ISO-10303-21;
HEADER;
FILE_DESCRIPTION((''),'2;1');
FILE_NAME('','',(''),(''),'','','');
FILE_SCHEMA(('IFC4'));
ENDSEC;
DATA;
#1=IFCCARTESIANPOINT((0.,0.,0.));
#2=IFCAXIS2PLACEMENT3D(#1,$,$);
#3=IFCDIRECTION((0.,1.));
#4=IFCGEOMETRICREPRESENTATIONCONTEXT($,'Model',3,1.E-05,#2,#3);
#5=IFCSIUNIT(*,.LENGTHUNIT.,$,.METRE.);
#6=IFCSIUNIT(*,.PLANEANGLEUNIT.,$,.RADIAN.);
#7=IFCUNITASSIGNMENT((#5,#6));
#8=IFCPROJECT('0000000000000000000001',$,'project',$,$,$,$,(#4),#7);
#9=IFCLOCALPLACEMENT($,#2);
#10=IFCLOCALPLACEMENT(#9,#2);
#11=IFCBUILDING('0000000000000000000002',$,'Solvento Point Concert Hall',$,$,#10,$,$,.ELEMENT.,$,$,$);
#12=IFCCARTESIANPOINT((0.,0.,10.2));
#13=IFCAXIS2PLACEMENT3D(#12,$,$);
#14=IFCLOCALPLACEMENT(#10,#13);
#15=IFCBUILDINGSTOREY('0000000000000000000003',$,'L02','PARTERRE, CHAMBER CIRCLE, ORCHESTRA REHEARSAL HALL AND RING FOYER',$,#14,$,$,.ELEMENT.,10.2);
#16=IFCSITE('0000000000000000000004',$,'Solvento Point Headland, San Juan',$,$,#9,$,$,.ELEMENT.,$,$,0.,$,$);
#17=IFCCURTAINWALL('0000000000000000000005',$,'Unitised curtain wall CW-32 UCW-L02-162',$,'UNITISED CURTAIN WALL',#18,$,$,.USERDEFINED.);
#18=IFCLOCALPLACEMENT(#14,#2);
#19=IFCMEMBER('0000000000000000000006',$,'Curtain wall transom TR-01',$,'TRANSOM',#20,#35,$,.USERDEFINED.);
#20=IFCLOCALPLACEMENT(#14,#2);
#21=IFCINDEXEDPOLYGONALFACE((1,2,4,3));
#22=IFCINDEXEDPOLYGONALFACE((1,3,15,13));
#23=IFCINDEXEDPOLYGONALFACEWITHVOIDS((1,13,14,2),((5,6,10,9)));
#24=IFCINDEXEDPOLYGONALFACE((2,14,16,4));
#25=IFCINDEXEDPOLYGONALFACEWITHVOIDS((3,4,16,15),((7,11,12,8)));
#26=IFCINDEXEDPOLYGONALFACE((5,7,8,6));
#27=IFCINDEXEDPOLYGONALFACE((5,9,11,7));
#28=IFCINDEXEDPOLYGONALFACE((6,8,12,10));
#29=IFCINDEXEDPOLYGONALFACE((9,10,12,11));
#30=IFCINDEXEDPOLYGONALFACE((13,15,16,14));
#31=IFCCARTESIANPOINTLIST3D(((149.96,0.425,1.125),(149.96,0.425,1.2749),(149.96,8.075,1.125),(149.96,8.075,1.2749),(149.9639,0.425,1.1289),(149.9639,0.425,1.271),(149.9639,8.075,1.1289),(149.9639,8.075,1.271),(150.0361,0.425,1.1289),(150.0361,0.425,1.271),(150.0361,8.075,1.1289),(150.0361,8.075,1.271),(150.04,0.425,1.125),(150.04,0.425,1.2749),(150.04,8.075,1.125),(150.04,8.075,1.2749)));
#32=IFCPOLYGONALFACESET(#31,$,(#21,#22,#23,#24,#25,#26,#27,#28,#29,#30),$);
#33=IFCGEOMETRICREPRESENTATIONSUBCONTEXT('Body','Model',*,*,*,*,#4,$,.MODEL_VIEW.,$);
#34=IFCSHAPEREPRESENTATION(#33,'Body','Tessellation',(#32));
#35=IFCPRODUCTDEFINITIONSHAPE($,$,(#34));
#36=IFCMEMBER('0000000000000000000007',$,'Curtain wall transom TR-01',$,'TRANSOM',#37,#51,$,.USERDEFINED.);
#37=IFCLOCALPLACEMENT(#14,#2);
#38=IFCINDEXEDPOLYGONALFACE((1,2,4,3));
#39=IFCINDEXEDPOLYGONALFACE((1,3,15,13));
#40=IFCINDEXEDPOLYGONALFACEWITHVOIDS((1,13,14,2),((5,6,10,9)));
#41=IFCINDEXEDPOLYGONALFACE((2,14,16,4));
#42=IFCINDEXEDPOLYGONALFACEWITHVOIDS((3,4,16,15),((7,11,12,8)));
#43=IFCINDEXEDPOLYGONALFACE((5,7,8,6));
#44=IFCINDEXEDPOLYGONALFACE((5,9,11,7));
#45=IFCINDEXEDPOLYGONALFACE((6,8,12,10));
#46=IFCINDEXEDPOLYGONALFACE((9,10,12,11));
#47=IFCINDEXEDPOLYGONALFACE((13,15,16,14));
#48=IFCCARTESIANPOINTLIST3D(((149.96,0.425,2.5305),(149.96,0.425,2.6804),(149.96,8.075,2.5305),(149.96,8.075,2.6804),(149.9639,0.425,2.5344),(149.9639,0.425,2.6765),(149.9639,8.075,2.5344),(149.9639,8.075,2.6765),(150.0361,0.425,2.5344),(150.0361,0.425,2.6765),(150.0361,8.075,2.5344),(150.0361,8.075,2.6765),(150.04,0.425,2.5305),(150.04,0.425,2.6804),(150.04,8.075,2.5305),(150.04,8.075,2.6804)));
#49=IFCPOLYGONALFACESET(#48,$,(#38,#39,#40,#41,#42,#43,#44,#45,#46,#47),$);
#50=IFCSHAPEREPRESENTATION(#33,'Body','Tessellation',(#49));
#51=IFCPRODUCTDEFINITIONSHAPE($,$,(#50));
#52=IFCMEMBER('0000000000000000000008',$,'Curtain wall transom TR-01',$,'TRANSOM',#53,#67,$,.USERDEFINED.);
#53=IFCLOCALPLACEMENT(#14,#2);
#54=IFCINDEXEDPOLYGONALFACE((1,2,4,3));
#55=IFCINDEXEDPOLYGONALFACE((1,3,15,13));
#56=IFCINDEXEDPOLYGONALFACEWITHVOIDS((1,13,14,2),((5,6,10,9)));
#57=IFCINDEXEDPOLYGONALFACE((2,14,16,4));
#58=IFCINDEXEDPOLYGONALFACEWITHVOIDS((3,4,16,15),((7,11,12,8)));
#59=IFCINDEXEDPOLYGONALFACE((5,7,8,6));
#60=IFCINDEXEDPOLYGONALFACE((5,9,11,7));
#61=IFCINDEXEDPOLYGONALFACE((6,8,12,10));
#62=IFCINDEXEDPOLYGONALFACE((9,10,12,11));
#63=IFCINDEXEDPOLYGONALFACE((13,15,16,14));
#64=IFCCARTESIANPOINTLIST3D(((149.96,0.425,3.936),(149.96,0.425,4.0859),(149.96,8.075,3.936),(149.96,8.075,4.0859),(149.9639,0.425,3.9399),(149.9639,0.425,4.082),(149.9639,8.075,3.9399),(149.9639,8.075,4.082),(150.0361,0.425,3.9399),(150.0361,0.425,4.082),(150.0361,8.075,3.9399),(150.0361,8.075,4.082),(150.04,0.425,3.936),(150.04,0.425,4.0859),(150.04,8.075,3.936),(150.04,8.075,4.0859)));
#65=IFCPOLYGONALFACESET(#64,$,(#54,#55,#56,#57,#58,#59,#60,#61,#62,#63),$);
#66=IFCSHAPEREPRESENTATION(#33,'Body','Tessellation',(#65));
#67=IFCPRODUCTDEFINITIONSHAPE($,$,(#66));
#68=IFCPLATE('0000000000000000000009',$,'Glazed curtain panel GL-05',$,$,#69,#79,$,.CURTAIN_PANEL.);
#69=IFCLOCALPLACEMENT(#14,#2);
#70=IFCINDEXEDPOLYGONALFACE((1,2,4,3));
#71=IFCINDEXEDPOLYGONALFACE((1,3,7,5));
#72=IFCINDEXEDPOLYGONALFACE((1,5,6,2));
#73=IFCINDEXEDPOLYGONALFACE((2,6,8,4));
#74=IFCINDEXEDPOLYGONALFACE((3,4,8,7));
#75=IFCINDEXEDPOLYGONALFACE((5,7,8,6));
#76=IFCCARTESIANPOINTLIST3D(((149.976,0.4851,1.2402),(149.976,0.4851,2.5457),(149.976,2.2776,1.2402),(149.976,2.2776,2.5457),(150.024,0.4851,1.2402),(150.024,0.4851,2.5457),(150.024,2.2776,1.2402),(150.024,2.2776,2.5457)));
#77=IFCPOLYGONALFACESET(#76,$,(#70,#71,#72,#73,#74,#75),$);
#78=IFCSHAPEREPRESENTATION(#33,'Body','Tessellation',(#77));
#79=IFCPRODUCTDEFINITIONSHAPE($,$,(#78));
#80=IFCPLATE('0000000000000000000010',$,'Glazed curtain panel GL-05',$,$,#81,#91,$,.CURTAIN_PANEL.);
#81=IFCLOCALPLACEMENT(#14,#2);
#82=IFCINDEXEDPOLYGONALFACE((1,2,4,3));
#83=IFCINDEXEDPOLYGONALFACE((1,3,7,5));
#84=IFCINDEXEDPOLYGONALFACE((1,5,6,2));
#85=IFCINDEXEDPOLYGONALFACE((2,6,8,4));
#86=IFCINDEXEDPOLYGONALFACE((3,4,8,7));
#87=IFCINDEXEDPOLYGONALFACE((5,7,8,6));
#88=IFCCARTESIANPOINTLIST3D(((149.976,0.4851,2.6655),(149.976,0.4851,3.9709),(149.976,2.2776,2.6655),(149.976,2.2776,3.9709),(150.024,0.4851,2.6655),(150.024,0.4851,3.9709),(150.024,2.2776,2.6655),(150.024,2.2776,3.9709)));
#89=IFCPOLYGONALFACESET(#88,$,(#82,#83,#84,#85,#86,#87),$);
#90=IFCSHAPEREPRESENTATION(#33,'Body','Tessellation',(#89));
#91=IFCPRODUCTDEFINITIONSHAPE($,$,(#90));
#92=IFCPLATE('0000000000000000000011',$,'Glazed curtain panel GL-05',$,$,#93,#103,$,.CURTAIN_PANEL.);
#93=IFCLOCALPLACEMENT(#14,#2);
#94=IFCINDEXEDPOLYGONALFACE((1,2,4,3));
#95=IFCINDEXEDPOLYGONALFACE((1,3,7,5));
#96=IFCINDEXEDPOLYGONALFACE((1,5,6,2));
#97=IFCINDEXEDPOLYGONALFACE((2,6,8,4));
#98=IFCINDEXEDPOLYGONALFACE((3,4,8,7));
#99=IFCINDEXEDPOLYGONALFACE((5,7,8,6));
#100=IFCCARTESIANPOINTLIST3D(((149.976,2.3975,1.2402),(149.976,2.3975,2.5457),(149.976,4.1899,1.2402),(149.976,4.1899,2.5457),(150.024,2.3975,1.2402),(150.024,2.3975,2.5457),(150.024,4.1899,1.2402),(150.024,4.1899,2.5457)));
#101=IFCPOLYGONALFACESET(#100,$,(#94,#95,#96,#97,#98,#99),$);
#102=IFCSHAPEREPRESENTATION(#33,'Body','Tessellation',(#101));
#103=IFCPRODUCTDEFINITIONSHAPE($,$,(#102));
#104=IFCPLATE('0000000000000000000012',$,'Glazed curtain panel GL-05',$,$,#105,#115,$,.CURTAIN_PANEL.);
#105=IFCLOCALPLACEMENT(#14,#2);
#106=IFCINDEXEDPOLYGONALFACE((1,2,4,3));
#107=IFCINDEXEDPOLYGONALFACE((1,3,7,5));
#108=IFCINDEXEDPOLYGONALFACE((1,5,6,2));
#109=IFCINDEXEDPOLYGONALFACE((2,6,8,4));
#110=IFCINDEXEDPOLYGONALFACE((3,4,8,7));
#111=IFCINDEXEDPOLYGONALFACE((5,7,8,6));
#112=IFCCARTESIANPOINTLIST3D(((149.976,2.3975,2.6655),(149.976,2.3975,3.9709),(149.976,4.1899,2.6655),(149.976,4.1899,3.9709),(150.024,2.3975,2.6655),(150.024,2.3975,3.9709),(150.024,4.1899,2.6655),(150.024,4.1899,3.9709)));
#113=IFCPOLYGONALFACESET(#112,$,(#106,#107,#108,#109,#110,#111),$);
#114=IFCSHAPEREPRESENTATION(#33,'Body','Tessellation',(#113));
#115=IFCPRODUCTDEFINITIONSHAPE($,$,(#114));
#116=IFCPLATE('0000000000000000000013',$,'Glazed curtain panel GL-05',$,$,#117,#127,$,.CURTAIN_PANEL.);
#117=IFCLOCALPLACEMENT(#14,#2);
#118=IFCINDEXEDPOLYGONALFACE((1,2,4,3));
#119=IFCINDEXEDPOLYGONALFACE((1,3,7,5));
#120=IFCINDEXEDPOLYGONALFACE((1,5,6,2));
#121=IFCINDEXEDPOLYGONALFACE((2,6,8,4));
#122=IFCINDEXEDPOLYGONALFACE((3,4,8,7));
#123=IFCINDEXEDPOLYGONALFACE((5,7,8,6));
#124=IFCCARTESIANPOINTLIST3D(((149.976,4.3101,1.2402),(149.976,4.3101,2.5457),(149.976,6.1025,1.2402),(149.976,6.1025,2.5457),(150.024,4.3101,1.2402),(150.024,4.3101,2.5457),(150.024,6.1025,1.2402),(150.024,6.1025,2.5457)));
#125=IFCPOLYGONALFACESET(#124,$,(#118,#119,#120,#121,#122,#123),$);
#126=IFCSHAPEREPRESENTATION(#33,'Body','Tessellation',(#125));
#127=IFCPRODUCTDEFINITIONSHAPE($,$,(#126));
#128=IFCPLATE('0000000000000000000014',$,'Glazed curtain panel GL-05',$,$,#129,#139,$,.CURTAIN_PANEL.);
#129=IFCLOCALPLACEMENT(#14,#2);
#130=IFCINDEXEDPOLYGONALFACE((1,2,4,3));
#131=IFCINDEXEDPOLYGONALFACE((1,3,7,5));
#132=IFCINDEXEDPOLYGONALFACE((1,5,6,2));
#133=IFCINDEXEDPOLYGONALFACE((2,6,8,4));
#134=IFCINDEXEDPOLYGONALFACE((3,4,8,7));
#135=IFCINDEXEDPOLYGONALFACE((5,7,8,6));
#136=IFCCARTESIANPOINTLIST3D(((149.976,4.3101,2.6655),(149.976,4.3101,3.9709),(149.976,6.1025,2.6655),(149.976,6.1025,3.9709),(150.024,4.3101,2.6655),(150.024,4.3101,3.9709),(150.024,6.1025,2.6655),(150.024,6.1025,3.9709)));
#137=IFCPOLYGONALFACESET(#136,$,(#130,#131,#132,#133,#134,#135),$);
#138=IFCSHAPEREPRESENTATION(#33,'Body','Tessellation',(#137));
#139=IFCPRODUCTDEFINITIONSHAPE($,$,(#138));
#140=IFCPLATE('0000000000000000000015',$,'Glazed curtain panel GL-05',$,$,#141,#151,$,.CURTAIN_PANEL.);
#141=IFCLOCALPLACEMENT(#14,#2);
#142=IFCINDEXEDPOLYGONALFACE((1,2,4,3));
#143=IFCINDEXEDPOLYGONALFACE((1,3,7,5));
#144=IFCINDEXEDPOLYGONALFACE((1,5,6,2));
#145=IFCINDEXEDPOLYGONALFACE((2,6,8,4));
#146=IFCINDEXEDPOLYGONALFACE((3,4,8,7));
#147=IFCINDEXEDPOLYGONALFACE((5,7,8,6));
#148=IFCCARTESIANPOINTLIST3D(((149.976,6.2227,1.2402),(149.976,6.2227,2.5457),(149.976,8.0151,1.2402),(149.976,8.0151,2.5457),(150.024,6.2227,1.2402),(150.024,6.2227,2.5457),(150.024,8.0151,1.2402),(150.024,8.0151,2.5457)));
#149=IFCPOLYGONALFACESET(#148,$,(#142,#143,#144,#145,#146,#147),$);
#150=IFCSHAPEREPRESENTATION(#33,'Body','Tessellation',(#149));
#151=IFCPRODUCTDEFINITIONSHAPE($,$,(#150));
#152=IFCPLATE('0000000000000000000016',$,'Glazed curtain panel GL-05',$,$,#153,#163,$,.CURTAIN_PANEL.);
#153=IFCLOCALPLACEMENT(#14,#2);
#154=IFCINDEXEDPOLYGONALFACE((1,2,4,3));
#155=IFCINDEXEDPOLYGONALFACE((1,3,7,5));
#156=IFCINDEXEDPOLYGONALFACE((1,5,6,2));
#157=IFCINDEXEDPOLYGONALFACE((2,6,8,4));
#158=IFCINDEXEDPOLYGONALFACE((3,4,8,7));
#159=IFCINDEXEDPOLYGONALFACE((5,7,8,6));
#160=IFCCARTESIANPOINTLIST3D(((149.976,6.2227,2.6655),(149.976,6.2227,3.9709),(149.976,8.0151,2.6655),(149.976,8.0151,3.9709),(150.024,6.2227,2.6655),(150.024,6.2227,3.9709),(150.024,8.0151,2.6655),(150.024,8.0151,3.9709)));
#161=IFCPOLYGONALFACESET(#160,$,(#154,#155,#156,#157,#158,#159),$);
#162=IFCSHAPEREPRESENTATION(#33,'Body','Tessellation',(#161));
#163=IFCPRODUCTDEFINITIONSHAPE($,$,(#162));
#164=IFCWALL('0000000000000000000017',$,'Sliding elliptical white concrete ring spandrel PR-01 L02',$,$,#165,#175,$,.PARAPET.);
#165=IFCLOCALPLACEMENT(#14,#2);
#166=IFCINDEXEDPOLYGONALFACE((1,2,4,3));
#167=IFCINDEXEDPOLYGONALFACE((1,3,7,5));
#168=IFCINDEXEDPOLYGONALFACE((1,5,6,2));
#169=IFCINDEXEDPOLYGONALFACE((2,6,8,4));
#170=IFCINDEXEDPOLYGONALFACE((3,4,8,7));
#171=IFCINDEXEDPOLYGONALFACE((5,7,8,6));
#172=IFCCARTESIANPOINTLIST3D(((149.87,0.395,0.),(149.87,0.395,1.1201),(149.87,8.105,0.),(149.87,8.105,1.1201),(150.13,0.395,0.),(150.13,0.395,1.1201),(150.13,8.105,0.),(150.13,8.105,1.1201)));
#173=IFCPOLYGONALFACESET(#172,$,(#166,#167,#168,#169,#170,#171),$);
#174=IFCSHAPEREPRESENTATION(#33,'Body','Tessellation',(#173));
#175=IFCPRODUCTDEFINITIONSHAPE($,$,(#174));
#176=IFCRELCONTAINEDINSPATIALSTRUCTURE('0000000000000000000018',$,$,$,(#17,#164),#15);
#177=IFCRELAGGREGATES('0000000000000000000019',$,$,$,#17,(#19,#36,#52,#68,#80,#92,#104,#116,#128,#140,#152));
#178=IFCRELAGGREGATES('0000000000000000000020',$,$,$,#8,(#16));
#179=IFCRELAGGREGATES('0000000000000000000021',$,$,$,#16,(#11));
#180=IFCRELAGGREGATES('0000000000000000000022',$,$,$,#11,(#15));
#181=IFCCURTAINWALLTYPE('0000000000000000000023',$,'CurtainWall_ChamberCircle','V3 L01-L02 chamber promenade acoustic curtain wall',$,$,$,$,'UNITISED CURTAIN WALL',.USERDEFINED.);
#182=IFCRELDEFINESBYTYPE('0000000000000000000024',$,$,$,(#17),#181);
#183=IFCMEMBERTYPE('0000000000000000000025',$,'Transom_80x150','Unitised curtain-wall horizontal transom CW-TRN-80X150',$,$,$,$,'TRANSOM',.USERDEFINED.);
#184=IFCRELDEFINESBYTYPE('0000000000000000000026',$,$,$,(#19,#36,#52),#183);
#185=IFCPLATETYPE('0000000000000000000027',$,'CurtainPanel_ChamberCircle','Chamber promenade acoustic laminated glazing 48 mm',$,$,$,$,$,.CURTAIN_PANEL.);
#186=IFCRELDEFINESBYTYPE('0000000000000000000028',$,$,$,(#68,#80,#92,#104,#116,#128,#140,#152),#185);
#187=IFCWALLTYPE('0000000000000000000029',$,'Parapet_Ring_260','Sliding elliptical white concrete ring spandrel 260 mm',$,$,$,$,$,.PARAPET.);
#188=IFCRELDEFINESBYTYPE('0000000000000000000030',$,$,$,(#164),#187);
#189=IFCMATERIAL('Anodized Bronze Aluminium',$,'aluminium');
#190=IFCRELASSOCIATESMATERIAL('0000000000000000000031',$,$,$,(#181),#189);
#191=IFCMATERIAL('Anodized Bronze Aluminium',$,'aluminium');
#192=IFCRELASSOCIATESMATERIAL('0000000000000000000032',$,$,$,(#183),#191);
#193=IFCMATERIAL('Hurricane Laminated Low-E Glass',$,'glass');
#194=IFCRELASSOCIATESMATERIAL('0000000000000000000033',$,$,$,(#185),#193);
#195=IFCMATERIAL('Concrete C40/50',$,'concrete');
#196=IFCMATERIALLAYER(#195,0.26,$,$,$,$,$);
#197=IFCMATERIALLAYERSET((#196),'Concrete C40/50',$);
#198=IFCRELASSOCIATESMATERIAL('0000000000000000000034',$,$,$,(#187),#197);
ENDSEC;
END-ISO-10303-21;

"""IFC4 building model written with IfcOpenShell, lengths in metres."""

from ifc_helpers import new_model, si_unit, direction, frame, frame_2d, origin, origin_2d, place, context, subcontext, project, spatial, rectangle, hollow_rectangle, extrude, material, layer, layer_set, material_profile, profile_set, type_object, element, aggregate, save


model = new_model("IFC4")

# Units and contexts
model_context = context("Model", 3, precision=1e-05, world=origin(), true_north=direction((0.0, 1.0)))
body_context = subcontext(model_context, "Body", "Model", "MODEL_VIEW")
ifc_project = project(units=[si_unit("LENGTHUNIT", "METRE"), si_unit("PLANEANGLEUNIT", "RADIAN")], contexts=[model_context])

# Site, building, storey
site_placement = place(None, origin())
site = spatial("IfcSite", under=ifc_project, at=site_placement, Name="Solvento Point Headland, San Juan", CompositionType="ELEMENT", RefElevation=0.0)
building_placement = place(site_placement, origin())
building = spatial("IfcBuilding", under=site, at=building_placement, Name="Solvento Point Concert Hall", CompositionType="ELEMENT")
storey_placement = place(building_placement, frame((0.0, 0.0, 10.2)))
storey = spatial("IfcBuildingStorey", under=building, at=storey_placement, Name="L02", Description="PARTERRE, CHAMBER CIRCLE, ORCHESTRA REHEARSAL HALL AND RING FOYER", CompositionType="ELEMENT", Elevation=10.2)

# Curtain wall, members, plates
ifc_material_1 = material(Name="Anodized Bronze Aluminium", Category="aluminium")
curtain_wall_type = type_object("IfcCurtainWallType", Name="CurtainWall_ChamberCircle", Description="V3 L01-L02 chamber promenade acoustic curtain wall", ElementType="UNITISED CURTAIN WALL", PredefinedType="USERDEFINED", material=ifc_material_1)
curtain_wall_placement = place(storey_placement, origin())
curtain_wall = element("IfcCurtainWall", 1, at=curtain_wall_placement, inside=storey, type_object=curtain_wall_type, Name="Unitised curtain wall CW-32 UCW-L02-162", ObjectType="UNITISED CURTAIN WALL", PredefinedType="USERDEFINED")
ifc_material_2 = material(Name="Anodized Bronze Aluminium", Category="aluminium")
ifc_material_profile_1 = material_profile(ifc_material_2, hollow_rectangle(XDim=0.0801, YDim=0.1499, WallThickness=0.0039, at=origin_2d()), Name="CW-TRN-80X150")
ifc_profile_set_1 = profile_set([ifc_material_profile_1], Name="Anodized Bronze Aluminium")
member_type_1 = type_object("IfcMemberType", Name="Transom_80x150", Description="Unitised curtain-wall horizontal transom CW-TRN-80X150", ElementType="TRANSOM", PredefinedType="USERDEFINED", material=ifc_profile_set_1)
member_1_placement = place(storey_placement, frame((150.0, 0.425, 1.2), z_axis=(0.0, 1.0, 0.0), x_axis=(-1.0, 0.0, 0.0)))
member_1 = element("IfcMember", 2, at=member_1_placement, type_object=member_type_1, Name="Curtain wall transom TR-01", ObjectType="TRANSOM", PredefinedType="USERDEFINED", context=body_context, shape_type="SweptSolid", body=[
    extrude(hollow_rectangle(XDim=0.0801, YDim=0.1499, WallThickness=0.0039, at=origin_2d()), origin(), (0.0, 0.0, 1.0), 7.6499),
])
member_2_placement = place(storey_placement, frame((150.0, 0.425, 2.6055), z_axis=(0.0, 1.0, 0.0), x_axis=(-1.0, 0.0, 0.0)))
member_2 = element("IfcMember", 3, at=member_2_placement, type_object=member_type_1, Name="Curtain wall transom TR-01", ObjectType="TRANSOM", PredefinedType="USERDEFINED", context=body_context, shape_type="SweptSolid", body=[
    extrude(hollow_rectangle(XDim=0.0801, YDim=0.1499, WallThickness=0.0039, at=origin_2d()), origin(), (0.0, 0.0, 1.0), 7.6499),
])
member_3_placement = place(storey_placement, frame((150.0, 0.425, 4.011), z_axis=(0.0, 1.0, 0.0), x_axis=(-1.0, 0.0, 0.0)))
member_3 = element("IfcMember", 4, at=member_3_placement, type_object=member_type_1, Name="Curtain wall transom TR-01", ObjectType="TRANSOM", PredefinedType="USERDEFINED", context=body_context, shape_type="SweptSolid", body=[
    extrude(hollow_rectangle(XDim=0.0801, YDim=0.1499, WallThickness=0.0039, at=origin_2d()), origin(), (0.0, 0.0, 1.0), 7.6499),
])
ifc_material_3 = material(Name="Hurricane Laminated Low-E Glass", Category="glass")
plate_type = type_object("IfcPlateType", Name="CurtainPanel_ChamberCircle", Description="Chamber promenade acoustic laminated glazing 48 mm", PredefinedType="CURTAIN_PANEL", material=ifc_material_3)
plate_1_placement = place(storey_placement, frame((150.0, 1.3813, 1.2402), z_axis=(0.0, 0.0, 1.0), x_axis=(0.0, 1.0, 0.0)))
plate_1 = element("IfcPlate", 5, at=plate_1_placement, type_object=plate_type, Name="Glazed curtain panel GL-05", PredefinedType="CURTAIN_PANEL", context=body_context, shape_type="SweptSolid", body=[
    extrude(rectangle(XDim=1.7925, YDim=0.0481, at=origin_2d()), origin(), (0.0, 0.0, 1.0), 1.3054),
])
plate_2_placement = place(storey_placement, frame((150.0, 1.3813, 2.6655), z_axis=(0.0, 0.0, 1.0), x_axis=(0.0, 1.0, 0.0)))
plate_2 = element("IfcPlate", 6, at=plate_2_placement, type_object=plate_type, Name="Glazed curtain panel GL-05", PredefinedType="CURTAIN_PANEL", context=body_context, shape_type="SweptSolid", body=[
    extrude(rectangle(XDim=1.7925, YDim=0.0481, at=origin_2d()), origin(), (0.0, 0.0, 1.0), 1.3054),
])
plate_3_placement = place(storey_placement, frame((150.0, 3.2937, 1.2402), z_axis=(0.0, 0.0, 1.0), x_axis=(0.0, 1.0, 0.0)))
plate_3 = element("IfcPlate", 7, at=plate_3_placement, type_object=plate_type, Name="Glazed curtain panel GL-05", PredefinedType="CURTAIN_PANEL", context=body_context, shape_type="SweptSolid", body=[
    extrude(rectangle(XDim=1.7925, YDim=0.0481, at=origin_2d()), origin(), (0.0, 0.0, 1.0), 1.3054),
])
plate_4_placement = place(storey_placement, frame((150.0, 3.2937, 2.6655), z_axis=(0.0, 0.0, 1.0), x_axis=(0.0, 1.0, 0.0)))
plate_4 = element("IfcPlate", 8, at=plate_4_placement, type_object=plate_type, Name="Glazed curtain panel GL-05", PredefinedType="CURTAIN_PANEL", context=body_context, shape_type="SweptSolid", body=[
    extrude(rectangle(XDim=1.7925, YDim=0.0481, at=origin_2d()), origin(), (0.0, 0.0, 1.0), 1.3054),
])
plate_5_placement = place(storey_placement, frame((150.0, 5.2063, 1.2402), z_axis=(0.0, 0.0, 1.0), x_axis=(0.0, 1.0, 0.0)))
plate_5 = element("IfcPlate", 9, at=plate_5_placement, type_object=plate_type, Name="Glazed curtain panel GL-05", PredefinedType="CURTAIN_PANEL", context=body_context, shape_type="SweptSolid", body=[
    extrude(rectangle(XDim=1.7925, YDim=0.0481, at=origin_2d()), origin(), (0.0, 0.0, 1.0), 1.3054),
])
plate_6_placement = place(storey_placement, frame((150.0, 5.2063, 2.6655), z_axis=(0.0, 0.0, 1.0), x_axis=(0.0, 1.0, 0.0)))
plate_6 = element("IfcPlate", 10, at=plate_6_placement, type_object=plate_type, Name="Glazed curtain panel GL-05", PredefinedType="CURTAIN_PANEL", context=body_context, shape_type="SweptSolid", body=[
    extrude(rectangle(XDim=1.7925, YDim=0.0481, at=origin_2d()), origin(), (0.0, 0.0, 1.0), 1.3054),
])
plate_7_placement = place(storey_placement, frame((150.0, 7.1189, 1.2402), z_axis=(0.0, 0.0, 1.0), x_axis=(0.0, 1.0, 0.0)))
plate_7 = element("IfcPlate", 11, at=plate_7_placement, type_object=plate_type, Name="Glazed curtain panel GL-05", PredefinedType="CURTAIN_PANEL", context=body_context, shape_type="SweptSolid", body=[
    extrude(rectangle(XDim=1.7925, YDim=0.0481, at=origin_2d()), origin(), (0.0, 0.0, 1.0), 1.3054),
])
plate_8_placement = place(storey_placement, frame((150.0, 7.1189, 2.6655), z_axis=(0.0, 0.0, 1.0), x_axis=(0.0, 1.0, 0.0)))
plate_8 = element("IfcPlate", 12, at=plate_8_placement, type_object=plate_type, Name="Glazed curtain panel GL-05", PredefinedType="CURTAIN_PANEL", context=body_context, shape_type="SweptSolid", body=[
    extrude(rectangle(XDim=1.7925, YDim=0.0481, at=origin_2d()), origin(), (0.0, 0.0, 1.0), 1.3054),
])
aggregate(curtain_wall, [member_1, member_2, member_3, plate_1, plate_2, plate_3, plate_4, plate_5, plate_6, plate_7, plate_8])

# Wall
ifc_material_4 = material(Name="Concrete C40/50", Category="concrete")
ifc_layer = layer(ifc_material_4, 0.26)
ifc_layer_set = layer_set([ifc_layer], Name="Concrete C40/50")
wall_type = type_object("IfcWallType", Name="Parapet_Ring_260", Description="Sliding elliptical white concrete ring spandrel 260 mm", PredefinedType="PARAPET", material=ifc_layer_set)
wall_placement = place(storey_placement, frame((150.0, 0.395, 0.0), z_axis=(0.0, 0.0, 1.0), x_axis=(0.0, 1.0, 0.0)))
element("IfcWall", 13, at=wall_placement, inside=storey, type_object=wall_type, Name="Sliding elliptical white concrete ring spandrel PR-01 L02", PredefinedType="PARAPET", context=body_context, shape_type="SweptSolid", body=[
    extrude(rectangle(XDim=7.71, YDim=0.26, at=frame_2d((3.855, 0.0))), origin(), (0.0, 0.0, 1.0), 1.1201),
])

save(model, "model.ifc")
